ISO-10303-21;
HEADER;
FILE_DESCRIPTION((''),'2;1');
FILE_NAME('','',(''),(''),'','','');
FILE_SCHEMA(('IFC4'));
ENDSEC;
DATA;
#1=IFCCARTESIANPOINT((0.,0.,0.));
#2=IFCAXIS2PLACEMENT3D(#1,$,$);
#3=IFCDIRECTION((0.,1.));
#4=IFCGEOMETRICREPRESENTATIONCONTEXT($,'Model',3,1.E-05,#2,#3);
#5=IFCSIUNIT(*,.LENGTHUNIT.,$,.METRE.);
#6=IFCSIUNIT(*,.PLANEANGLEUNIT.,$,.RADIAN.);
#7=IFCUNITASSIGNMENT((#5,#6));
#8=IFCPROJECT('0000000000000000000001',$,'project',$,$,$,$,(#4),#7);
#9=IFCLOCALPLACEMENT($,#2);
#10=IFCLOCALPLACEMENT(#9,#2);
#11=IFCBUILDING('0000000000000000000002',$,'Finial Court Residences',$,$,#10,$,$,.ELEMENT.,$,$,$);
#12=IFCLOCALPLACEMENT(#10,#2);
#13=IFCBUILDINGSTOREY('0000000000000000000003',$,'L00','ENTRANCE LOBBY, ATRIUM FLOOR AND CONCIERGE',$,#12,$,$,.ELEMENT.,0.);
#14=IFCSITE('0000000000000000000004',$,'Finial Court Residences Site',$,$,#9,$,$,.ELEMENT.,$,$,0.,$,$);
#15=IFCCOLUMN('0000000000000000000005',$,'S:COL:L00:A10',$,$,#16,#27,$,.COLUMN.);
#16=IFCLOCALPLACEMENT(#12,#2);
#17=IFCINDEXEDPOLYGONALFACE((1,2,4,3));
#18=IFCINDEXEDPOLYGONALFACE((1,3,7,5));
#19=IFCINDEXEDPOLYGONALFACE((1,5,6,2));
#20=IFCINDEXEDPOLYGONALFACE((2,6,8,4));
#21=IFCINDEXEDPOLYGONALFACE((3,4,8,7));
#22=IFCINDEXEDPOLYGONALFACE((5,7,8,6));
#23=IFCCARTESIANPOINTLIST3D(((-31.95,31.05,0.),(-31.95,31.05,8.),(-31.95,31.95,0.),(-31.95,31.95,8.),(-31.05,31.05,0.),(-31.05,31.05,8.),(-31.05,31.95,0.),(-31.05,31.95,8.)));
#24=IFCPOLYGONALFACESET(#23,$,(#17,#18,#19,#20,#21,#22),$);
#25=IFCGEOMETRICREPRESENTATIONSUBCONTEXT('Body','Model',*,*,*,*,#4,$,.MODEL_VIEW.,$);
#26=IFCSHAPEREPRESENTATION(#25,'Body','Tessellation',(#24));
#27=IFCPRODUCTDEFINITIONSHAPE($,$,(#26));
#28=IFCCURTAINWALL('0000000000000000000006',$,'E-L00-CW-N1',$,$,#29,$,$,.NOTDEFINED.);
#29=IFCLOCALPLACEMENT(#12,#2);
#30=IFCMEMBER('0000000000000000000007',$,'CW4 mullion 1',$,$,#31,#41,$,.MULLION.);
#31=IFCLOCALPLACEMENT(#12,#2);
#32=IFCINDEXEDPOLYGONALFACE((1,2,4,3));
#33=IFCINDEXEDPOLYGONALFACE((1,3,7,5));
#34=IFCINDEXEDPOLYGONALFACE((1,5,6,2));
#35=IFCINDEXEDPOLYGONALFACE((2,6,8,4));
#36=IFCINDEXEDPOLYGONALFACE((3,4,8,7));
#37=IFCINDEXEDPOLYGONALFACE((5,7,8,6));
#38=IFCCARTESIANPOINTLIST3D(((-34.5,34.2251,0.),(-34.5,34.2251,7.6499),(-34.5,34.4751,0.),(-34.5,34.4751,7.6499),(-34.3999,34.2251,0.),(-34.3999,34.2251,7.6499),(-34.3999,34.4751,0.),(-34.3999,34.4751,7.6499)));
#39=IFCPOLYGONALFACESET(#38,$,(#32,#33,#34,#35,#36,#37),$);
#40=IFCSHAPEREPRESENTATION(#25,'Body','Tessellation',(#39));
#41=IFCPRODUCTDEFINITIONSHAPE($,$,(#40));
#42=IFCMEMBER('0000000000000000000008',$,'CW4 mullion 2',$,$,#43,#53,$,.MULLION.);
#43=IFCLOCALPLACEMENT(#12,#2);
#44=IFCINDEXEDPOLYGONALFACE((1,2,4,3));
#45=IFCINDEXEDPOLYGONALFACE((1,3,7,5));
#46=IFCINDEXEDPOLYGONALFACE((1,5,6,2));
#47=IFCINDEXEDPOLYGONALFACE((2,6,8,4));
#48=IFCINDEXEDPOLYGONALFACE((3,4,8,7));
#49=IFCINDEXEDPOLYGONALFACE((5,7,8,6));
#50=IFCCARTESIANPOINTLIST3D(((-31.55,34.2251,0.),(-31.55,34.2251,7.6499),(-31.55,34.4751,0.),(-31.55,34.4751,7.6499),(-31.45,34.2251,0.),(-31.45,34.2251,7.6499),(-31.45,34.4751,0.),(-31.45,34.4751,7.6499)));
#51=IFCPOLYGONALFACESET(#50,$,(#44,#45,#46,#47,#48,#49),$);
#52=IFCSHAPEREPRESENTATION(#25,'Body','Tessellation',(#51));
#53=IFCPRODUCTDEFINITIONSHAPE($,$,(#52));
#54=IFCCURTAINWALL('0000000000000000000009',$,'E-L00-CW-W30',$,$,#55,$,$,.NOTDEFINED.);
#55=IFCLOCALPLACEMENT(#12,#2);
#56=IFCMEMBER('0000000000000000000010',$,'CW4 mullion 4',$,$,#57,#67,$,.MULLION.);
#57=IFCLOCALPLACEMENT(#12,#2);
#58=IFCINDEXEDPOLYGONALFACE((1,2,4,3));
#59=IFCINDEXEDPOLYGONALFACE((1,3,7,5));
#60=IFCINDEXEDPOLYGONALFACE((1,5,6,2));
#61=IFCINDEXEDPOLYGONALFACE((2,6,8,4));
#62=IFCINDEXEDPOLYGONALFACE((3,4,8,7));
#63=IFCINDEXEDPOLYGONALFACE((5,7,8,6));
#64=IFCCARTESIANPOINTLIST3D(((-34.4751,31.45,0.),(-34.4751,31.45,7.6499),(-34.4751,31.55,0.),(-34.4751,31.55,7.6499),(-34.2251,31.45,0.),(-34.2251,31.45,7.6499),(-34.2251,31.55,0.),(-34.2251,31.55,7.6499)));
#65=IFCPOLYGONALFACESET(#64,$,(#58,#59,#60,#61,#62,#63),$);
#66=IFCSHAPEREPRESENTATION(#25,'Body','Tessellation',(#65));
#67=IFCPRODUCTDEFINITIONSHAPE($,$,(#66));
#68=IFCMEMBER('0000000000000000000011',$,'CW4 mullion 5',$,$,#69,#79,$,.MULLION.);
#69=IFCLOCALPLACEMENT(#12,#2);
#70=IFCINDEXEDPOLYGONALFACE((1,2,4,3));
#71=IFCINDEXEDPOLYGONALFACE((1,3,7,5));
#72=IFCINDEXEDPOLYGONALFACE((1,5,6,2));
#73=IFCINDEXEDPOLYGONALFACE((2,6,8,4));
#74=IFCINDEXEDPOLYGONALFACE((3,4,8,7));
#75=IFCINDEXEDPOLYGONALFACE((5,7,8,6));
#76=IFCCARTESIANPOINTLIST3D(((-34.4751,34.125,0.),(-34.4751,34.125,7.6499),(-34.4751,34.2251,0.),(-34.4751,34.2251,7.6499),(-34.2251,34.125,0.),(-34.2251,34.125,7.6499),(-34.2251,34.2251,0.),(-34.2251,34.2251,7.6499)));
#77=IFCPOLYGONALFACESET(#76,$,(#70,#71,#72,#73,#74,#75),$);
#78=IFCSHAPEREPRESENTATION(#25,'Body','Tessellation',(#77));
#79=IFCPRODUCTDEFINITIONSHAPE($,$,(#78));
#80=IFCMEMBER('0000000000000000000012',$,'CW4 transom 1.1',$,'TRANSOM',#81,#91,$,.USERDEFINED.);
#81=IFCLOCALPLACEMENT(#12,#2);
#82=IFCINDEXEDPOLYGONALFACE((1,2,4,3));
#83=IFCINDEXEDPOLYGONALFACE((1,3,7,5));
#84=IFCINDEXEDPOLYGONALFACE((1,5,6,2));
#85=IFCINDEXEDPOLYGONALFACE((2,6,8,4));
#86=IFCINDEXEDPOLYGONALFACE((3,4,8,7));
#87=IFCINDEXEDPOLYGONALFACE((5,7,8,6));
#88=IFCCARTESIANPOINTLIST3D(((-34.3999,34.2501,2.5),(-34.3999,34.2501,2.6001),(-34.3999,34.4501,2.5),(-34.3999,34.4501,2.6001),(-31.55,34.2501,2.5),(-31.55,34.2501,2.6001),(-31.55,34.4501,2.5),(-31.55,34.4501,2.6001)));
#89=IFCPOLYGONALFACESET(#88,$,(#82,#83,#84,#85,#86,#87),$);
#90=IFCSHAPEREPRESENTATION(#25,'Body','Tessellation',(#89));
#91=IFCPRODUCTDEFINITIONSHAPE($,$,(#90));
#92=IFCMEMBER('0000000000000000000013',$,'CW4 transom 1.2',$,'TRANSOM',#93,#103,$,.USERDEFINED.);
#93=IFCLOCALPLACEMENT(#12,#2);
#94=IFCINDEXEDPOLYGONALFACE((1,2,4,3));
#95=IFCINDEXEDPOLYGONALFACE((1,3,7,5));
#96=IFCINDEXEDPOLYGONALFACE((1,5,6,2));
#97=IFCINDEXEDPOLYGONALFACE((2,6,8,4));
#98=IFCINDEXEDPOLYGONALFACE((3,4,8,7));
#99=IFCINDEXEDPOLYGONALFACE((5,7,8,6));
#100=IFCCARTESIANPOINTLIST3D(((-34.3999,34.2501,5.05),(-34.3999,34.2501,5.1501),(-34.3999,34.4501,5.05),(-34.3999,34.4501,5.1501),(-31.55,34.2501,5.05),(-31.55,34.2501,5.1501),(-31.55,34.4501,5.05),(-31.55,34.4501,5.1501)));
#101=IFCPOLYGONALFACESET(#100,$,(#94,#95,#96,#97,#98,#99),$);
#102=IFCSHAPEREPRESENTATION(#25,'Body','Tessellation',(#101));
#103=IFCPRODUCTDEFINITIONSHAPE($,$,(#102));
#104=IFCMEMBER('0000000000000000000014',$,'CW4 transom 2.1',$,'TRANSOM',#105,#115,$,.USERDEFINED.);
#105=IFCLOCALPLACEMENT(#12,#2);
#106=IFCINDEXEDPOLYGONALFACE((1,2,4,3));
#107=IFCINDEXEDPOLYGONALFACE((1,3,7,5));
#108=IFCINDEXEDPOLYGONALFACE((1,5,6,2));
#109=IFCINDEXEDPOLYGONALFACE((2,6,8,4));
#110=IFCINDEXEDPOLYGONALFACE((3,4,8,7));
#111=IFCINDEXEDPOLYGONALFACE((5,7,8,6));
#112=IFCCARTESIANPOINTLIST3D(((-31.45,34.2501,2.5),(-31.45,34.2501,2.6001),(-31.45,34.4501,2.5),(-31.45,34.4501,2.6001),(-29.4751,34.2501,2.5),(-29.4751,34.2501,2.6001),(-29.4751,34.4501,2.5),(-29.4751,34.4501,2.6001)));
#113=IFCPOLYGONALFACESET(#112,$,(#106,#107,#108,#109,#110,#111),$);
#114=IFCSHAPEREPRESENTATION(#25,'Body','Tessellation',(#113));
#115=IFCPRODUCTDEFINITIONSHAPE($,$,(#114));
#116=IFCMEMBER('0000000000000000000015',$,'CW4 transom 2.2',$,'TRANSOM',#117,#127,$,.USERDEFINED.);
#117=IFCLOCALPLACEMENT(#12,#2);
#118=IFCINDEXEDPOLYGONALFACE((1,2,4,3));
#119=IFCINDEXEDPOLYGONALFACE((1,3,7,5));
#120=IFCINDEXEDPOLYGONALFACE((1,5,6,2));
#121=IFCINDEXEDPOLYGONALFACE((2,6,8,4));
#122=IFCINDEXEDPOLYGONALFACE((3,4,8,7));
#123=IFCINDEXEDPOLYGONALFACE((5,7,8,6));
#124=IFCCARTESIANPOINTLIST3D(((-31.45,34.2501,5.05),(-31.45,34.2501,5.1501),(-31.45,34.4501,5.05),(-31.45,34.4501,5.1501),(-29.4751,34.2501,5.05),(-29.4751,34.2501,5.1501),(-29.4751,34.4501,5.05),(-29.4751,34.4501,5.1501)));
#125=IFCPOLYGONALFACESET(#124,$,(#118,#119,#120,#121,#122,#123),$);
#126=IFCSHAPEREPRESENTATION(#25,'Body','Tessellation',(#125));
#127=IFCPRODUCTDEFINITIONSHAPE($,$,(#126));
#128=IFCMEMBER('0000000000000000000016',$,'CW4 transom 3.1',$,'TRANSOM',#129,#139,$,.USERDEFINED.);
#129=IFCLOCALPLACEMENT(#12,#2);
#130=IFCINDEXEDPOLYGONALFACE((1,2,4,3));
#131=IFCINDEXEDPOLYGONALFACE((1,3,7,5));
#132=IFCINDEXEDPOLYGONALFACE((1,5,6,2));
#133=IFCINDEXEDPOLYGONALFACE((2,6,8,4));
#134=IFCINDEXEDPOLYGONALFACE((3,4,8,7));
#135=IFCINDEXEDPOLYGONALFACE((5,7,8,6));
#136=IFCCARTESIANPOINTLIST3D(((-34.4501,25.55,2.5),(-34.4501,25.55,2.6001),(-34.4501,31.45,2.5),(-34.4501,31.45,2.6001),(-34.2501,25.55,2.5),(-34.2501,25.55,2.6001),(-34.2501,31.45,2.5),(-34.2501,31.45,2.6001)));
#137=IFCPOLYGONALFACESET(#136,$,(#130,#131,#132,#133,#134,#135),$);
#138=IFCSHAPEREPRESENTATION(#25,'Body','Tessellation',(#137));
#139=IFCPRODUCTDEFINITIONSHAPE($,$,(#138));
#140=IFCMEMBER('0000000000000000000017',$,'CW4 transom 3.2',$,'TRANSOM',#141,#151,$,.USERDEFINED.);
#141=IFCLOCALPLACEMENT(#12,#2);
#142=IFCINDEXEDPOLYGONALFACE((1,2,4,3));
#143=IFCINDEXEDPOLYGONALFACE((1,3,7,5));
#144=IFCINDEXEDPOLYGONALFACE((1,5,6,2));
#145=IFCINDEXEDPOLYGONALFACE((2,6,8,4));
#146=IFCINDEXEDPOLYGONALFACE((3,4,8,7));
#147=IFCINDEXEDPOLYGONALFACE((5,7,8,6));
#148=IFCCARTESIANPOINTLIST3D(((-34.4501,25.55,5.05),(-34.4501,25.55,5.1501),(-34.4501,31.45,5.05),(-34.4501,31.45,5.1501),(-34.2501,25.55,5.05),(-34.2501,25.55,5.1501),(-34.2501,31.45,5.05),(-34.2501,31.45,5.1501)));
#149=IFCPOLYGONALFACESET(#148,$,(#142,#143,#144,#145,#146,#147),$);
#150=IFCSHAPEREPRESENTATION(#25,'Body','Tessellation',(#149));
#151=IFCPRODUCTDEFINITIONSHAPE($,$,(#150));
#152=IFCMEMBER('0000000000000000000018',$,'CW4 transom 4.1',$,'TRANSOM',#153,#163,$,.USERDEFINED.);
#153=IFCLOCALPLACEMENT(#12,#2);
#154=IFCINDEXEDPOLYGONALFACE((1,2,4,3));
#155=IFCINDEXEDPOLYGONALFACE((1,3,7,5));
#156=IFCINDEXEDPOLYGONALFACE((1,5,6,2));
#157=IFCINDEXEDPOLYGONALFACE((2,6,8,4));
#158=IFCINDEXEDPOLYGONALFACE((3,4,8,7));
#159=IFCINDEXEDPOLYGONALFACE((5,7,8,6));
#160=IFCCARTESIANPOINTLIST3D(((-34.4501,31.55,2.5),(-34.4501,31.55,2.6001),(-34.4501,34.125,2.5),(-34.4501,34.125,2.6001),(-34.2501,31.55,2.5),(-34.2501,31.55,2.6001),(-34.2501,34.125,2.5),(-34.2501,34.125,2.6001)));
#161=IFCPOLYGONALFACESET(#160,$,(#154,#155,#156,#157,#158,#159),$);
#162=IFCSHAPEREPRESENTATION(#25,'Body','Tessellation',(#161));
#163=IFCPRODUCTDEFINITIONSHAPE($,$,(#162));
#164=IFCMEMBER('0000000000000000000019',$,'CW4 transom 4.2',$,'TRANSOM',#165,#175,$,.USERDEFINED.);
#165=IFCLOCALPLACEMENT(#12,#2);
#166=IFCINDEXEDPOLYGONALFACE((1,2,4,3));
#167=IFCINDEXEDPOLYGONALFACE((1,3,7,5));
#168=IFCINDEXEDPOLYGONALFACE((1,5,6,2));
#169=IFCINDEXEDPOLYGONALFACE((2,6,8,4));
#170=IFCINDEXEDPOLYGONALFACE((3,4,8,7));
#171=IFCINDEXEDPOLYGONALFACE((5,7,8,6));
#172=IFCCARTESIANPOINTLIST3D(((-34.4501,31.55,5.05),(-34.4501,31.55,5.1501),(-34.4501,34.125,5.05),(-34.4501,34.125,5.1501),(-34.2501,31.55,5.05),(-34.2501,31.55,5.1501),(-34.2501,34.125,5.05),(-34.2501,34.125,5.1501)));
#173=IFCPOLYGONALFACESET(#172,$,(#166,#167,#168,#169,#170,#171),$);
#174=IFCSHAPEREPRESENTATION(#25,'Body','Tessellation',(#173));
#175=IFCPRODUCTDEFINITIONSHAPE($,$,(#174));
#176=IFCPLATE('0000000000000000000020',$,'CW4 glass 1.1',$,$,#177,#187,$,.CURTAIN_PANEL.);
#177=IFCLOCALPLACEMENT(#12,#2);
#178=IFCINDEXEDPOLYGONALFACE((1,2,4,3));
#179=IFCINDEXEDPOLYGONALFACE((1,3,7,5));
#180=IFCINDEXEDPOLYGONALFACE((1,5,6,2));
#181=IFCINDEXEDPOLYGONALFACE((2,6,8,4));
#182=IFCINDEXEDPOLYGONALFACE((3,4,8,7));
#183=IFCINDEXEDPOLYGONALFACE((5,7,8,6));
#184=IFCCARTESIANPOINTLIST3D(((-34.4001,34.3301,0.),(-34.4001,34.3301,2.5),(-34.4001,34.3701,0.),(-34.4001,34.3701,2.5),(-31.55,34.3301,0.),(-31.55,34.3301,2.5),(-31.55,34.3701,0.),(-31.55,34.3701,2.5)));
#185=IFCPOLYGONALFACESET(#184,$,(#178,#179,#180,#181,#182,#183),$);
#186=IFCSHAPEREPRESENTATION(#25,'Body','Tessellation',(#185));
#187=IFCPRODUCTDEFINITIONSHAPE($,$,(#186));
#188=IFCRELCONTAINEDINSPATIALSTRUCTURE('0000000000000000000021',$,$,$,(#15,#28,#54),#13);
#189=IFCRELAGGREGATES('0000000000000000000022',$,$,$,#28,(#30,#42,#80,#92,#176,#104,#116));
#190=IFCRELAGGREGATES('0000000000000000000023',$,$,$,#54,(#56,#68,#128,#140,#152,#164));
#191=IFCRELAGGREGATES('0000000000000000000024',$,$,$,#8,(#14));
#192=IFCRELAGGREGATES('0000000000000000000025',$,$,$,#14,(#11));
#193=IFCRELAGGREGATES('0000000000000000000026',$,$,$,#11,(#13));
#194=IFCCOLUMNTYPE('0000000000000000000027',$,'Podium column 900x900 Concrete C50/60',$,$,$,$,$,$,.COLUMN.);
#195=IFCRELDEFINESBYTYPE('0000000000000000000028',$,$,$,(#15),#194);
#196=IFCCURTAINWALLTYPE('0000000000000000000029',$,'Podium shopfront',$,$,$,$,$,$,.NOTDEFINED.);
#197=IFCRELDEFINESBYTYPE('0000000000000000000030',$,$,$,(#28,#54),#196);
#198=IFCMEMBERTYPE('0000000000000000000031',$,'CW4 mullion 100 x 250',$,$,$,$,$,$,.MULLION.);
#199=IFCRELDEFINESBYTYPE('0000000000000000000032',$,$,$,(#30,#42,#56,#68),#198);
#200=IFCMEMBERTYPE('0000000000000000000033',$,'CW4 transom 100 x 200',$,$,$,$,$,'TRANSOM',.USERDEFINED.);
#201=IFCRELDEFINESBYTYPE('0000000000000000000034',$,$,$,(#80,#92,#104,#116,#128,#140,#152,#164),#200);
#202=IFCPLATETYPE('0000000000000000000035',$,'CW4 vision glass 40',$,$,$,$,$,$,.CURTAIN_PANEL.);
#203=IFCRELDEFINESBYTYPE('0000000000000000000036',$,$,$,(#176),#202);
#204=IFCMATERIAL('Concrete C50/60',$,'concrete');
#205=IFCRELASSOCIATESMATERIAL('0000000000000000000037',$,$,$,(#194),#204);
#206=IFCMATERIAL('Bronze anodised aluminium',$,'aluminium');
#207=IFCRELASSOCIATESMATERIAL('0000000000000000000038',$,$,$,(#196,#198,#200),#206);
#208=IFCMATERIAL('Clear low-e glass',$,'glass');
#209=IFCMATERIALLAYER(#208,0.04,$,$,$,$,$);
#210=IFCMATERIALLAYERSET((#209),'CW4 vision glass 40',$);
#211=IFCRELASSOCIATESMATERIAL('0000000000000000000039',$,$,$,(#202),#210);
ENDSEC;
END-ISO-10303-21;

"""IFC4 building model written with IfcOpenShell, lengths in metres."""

from ifc_helpers import new_model, si_unit, direction, frame, origin, origin_2d, place, context, subcontext, project, spatial, rectangle, extrude, material, layer, layer_set, material_profile, profile_set, type_object, element, aggregate, save


model = new_model("IFC4")

# Units and contexts
model_context = context("Model", 3, precision=1e-05, world=origin(), true_north=direction((0.0, 1.0)))
body_context = subcontext(model_context, "Body", "Model", "MODEL_VIEW")
ifc_project = project(units=[si_unit("LENGTHUNIT", "METRE"), si_unit("PLANEANGLEUNIT", "RADIAN")], contexts=[model_context])

# Site, building, storey
site_placement = place(None, origin())
site = spatial("IfcSite", under=ifc_project, at=site_placement, Name="Finial Court Residences Site", CompositionType="ELEMENT", RefElevation=0.0)
building_placement = place(site_placement, origin())
building = spatial("IfcBuilding", under=site, at=building_placement, Name="Finial Court Residences", CompositionType="ELEMENT")
storey_placement = place(building_placement, origin())
storey = spatial("IfcBuildingStorey", under=building, at=storey_placement, Name="L00", Description="ENTRANCE LOBBY, ATRIUM FLOOR AND CONCIERGE", CompositionType="ELEMENT", Elevation=0.0)

# Column
ifc_material_1 = material(Name="Concrete C50/60", Category="concrete")
ifc_material_profile_1 = material_profile(ifc_material_1, rectangle(XDim=0.8999, YDim=0.8999, at=origin_2d()), Name="900x900")
ifc_profile_set_1 = profile_set([ifc_material_profile_1], Name="Concrete C50/60")
column_type = type_object("IfcColumnType", Name="Podium column 900x900 Concrete C50/60", PredefinedType="COLUMN", material=ifc_profile_set_1)
column_placement = place(storey_placement, frame((-31.5, 31.5, 0.0), z_axis=(0.0, 0.0, 1.0), x_axis=(1.0, 0.0, 0.0)))
element("IfcColumn", 1, at=column_placement, inside=storey, type_object=column_type, Name="S:COL:L00:A10", PredefinedType="COLUMN", context=body_context, shape_type="SweptSolid", body=[
    extrude(rectangle(XDim=0.8999, YDim=0.8999, at=origin_2d()), origin(), (0.0, 0.0, 1.0), 8.0),
])

# Curtain walls, members
ifc_material_2 = material(Name="Bronze anodised aluminium", Category="aluminium")
curtain_wall_type = type_object("IfcCurtainWallType", Name="Podium shopfront", PredefinedType="NOTDEFINED", material=ifc_material_2)
curtain_wall_1_placement = place(storey_placement, origin())
curtain_wall_1 = element("IfcCurtainWall", 2, at=curtain_wall_1_placement, inside=storey, type_object=curtain_wall_type, Name="E-L00-CW-N1", PredefinedType="NOTDEFINED")
ifc_material_profile_2 = material_profile(ifc_material_2, rectangle(XDim=0.25, YDim=0.1001, at=origin_2d()), Name="CW4 mullion 100 x 250")
ifc_profile_set_2 = profile_set([ifc_material_profile_2], Name="Bronze anodised aluminium")
member_type_1 = type_object("IfcMemberType", Name="CW4 mullion 100 x 250", PredefinedType="MULLION", material=ifc_profile_set_2)
member_1_placement = place(storey_placement, frame((-34.45, 34.3501, 0.0), z_axis=(0.0, 0.0, 1.0), x_axis=(0.0, 1.0, 0.0)))
member_1 = element("IfcMember", 3, at=member_1_placement, type_object=member_type_1, Name="CW4 mullion 1", PredefinedType="MULLION", context=body_context, shape_type="SweptSolid", body=[
    extrude(rectangle(XDim=0.25, YDim=0.1001, at=origin_2d()), origin(), (0.0, 0.0, 1.0), 7.6499),
])
member_2_placement = place(storey_placement, frame((-31.5, 34.3501, 0.0), z_axis=(0.0, 0.0, 1.0), x_axis=(0.0, 1.0, 0.0)))
member_2 = element("IfcMember", 4, at=member_2_placement, type_object=member_type_1, Name="CW4 mullion 2", PredefinedType="MULLION", context=body_context, shape_type="SweptSolid", body=[
    extrude(rectangle(XDim=0.25, YDim=0.1001, at=origin_2d()), origin(), (0.0, 0.0, 1.0), 7.6499),
])
curtain_wall_2_placement = place(storey_placement, origin())
curtain_wall_2 = element("IfcCurtainWall", 5, at=curtain_wall_2_placement, inside=storey, type_object=curtain_wall_type, Name="E-L00-CW-W30", PredefinedType="NOTDEFINED")
member_3_placement = place(storey_placement, frame((-34.3501, 31.5, 0.0), z_axis=(0.0, 0.0, 1.0), x_axis=(-1.0, 0.0, 0.0)))
member_3 = element("IfcMember", 6, at=member_3_placement, type_object=member_type_1, Name="CW4 mullion 4", PredefinedType="MULLION", context=body_context, shape_type="SweptSolid", body=[
    extrude(rectangle(XDim=0.25, YDim=0.1001, at=origin_2d()), origin(), (0.0, 0.0, 1.0), 7.6499),
])
member_4_placement = place(storey_placement, frame((-34.3501, 34.175, 0.0), z_axis=(0.0, 0.0, 1.0), x_axis=(-1.0, 0.0, 0.0)))
member_4 = element("IfcMember", 7, at=member_4_placement, type_object=member_type_1, Name="CW4 mullion 5", PredefinedType="MULLION", context=body_context, shape_type="SweptSolid", body=[
    extrude(rectangle(XDim=0.25, YDim=0.1001, at=origin_2d()), origin(), (0.0, 0.0, 1.0), 7.6499),
])

# Members
ifc_material_profile_3 = material_profile(ifc_material_2, rectangle(XDim=0.2, YDim=0.1001, at=origin_2d()), Name="CW4 transom 100 x 200")
ifc_profile_set_3 = profile_set([ifc_material_profile_3], Name="Bronze anodised aluminium")
member_type_2 = type_object("IfcMemberType", Name="CW4 transom 100 x 200", ElementType="TRANSOM", PredefinedType="USERDEFINED", material=ifc_profile_set_3)
member_5_placement = place(storey_placement, frame((-34.3999, 34.3501, 2.55), z_axis=(1.0, 0.0, 0.0), x_axis=(0.0, 1.0, 0.0)))
member_5 = element("IfcMember", 8, at=member_5_placement, type_object=member_type_2, Name="CW4 transom 1.1", ObjectType="TRANSOM", PredefinedType="USERDEFINED", context=body_context, shape_type="SweptSolid", body=[
    extrude(rectangle(XDim=0.2, YDim=0.1001, at=origin_2d()), origin(), (0.0, 0.0, 1.0), 2.8499),
])
member_6_placement = place(storey_placement, frame((-34.3999, 34.3501, 5.1001), z_axis=(1.0, 0.0, 0.0), x_axis=(0.0, 1.0, 0.0)))
member_6 = element("IfcMember", 9, at=member_6_placement, type_object=member_type_2, Name="CW4 transom 1.2", ObjectType="TRANSOM", PredefinedType="USERDEFINED", context=body_context, shape_type="SweptSolid", body=[
    extrude(rectangle(XDim=0.2, YDim=0.1001, at=origin_2d()), origin(), (0.0, 0.0, 1.0), 2.8499),
])
member_7_placement = place(storey_placement, frame((-31.45, 34.3501, 2.55), z_axis=(1.0, 0.0, 0.0), x_axis=(0.0, 1.0, 0.0)))
member_7 = element("IfcMember", 10, at=member_7_placement, type_object=member_type_2, Name="CW4 transom 2.1", ObjectType="TRANSOM", PredefinedType="USERDEFINED", context=body_context, shape_type="SweptSolid", body=[
    extrude(rectangle(XDim=0.2, YDim=0.1001, at=origin_2d()), origin(), (0.0, 0.0, 1.0), 1.9749),
])
member_8_placement = place(storey_placement, frame((-31.45, 34.3501, 5.1001), z_axis=(1.0, 0.0, 0.0), x_axis=(0.0, 1.0, 0.0)))
member_8 = element("IfcMember", 11, at=member_8_placement, type_object=member_type_2, Name="CW4 transom 2.2", ObjectType="TRANSOM", PredefinedType="USERDEFINED", context=body_context, shape_type="SweptSolid", body=[
    extrude(rectangle(XDim=0.2, YDim=0.1001, at=origin_2d()), origin(), (0.0, 0.0, 1.0), 1.9749),
])
member_9_placement = place(storey_placement, frame((-34.3501, 25.55, 2.55), z_axis=(0.0, 1.0, 0.0), x_axis=(-1.0, 0.0, 0.0)))
member_9 = element("IfcMember", 12, at=member_9_placement, type_object=member_type_2, Name="CW4 transom 3.1", ObjectType="TRANSOM", PredefinedType="USERDEFINED", context=body_context, shape_type="SweptSolid", body=[
    extrude(rectangle(XDim=0.2, YDim=0.1001, at=origin_2d()), origin(), (0.0, 0.0, 1.0), 5.8999),
])
member_10_placement = place(storey_placement, frame((-34.3501, 25.55, 5.1001), z_axis=(0.0, 1.0, 0.0), x_axis=(-1.0, 0.0, 0.0)))
member_10 = element("IfcMember", 13, at=member_10_placement, type_object=member_type_2, Name="CW4 transom 3.2", ObjectType="TRANSOM", PredefinedType="USERDEFINED", context=body_context, shape_type="SweptSolid", body=[
    extrude(rectangle(XDim=0.2, YDim=0.1001, at=origin_2d()), origin(), (0.0, 0.0, 1.0), 5.8999),
])
member_11_placement = place(storey_placement, frame((-34.3501, 31.55, 2.55), z_axis=(0.0, 1.0, 0.0), x_axis=(-1.0, 0.0, 0.0)))
member_11 = element("IfcMember", 14, at=member_11_placement, type_object=member_type_2, Name="CW4 transom 4.1", ObjectType="TRANSOM", PredefinedType="USERDEFINED", context=body_context, shape_type="SweptSolid", body=[
    extrude(rectangle(XDim=0.2, YDim=0.1001, at=origin_2d()), origin(), (0.0, 0.0, 1.0), 2.575),
])
member_12_placement = place(storey_placement, frame((-34.3501, 31.55, 5.1001), z_axis=(0.0, 1.0, 0.0), x_axis=(-1.0, 0.0, 0.0)))
member_12 = element("IfcMember", 15, at=member_12_placement, type_object=member_type_2, Name="CW4 transom 4.2", ObjectType="TRANSOM", PredefinedType="USERDEFINED", context=body_context, shape_type="SweptSolid", body=[
    extrude(rectangle(XDim=0.2, YDim=0.1001, at=origin_2d()), origin(), (0.0, 0.0, 1.0), 2.575),
])

# Plate
ifc_material_3 = material(Name="Clear low-e glass", Category="glass")
ifc_layer_1 = layer(ifc_material_3, 0.04)
ifc_layer_set_1 = layer_set([ifc_layer_1], Name="CW4 vision glass 40")
plate_type = type_object("IfcPlateType", Name="CW4 vision glass 40", PredefinedType="CURTAIN_PANEL", material=ifc_layer_set_1)
plate_1_placement = place(storey_placement, frame((-32.9751, 34.3501, 0.0), z_axis=(0.0, 0.0, 1.0), x_axis=(1.0, 0.0, 0.0)))
plate_1 = element("IfcPlate", 16, at=plate_1_placement, type_object=plate_type, Name="CW4 glass 1.1", PredefinedType="CURTAIN_PANEL", context=body_context, shape_type="SweptSolid", body=[
    extrude(rectangle(XDim=2.8501, YDim=0.04, at=origin_2d()), origin(), (0.0, 0.0, 1.0), 2.5),
])
aggregate(curtain_wall_1, [member_1, member_2, member_5, member_6, plate_1, member_7, member_8])
aggregate(curtain_wall_2, [member_3, member_4, member_9, member_10, member_11, member_12])

save(model, "model.ifc")
